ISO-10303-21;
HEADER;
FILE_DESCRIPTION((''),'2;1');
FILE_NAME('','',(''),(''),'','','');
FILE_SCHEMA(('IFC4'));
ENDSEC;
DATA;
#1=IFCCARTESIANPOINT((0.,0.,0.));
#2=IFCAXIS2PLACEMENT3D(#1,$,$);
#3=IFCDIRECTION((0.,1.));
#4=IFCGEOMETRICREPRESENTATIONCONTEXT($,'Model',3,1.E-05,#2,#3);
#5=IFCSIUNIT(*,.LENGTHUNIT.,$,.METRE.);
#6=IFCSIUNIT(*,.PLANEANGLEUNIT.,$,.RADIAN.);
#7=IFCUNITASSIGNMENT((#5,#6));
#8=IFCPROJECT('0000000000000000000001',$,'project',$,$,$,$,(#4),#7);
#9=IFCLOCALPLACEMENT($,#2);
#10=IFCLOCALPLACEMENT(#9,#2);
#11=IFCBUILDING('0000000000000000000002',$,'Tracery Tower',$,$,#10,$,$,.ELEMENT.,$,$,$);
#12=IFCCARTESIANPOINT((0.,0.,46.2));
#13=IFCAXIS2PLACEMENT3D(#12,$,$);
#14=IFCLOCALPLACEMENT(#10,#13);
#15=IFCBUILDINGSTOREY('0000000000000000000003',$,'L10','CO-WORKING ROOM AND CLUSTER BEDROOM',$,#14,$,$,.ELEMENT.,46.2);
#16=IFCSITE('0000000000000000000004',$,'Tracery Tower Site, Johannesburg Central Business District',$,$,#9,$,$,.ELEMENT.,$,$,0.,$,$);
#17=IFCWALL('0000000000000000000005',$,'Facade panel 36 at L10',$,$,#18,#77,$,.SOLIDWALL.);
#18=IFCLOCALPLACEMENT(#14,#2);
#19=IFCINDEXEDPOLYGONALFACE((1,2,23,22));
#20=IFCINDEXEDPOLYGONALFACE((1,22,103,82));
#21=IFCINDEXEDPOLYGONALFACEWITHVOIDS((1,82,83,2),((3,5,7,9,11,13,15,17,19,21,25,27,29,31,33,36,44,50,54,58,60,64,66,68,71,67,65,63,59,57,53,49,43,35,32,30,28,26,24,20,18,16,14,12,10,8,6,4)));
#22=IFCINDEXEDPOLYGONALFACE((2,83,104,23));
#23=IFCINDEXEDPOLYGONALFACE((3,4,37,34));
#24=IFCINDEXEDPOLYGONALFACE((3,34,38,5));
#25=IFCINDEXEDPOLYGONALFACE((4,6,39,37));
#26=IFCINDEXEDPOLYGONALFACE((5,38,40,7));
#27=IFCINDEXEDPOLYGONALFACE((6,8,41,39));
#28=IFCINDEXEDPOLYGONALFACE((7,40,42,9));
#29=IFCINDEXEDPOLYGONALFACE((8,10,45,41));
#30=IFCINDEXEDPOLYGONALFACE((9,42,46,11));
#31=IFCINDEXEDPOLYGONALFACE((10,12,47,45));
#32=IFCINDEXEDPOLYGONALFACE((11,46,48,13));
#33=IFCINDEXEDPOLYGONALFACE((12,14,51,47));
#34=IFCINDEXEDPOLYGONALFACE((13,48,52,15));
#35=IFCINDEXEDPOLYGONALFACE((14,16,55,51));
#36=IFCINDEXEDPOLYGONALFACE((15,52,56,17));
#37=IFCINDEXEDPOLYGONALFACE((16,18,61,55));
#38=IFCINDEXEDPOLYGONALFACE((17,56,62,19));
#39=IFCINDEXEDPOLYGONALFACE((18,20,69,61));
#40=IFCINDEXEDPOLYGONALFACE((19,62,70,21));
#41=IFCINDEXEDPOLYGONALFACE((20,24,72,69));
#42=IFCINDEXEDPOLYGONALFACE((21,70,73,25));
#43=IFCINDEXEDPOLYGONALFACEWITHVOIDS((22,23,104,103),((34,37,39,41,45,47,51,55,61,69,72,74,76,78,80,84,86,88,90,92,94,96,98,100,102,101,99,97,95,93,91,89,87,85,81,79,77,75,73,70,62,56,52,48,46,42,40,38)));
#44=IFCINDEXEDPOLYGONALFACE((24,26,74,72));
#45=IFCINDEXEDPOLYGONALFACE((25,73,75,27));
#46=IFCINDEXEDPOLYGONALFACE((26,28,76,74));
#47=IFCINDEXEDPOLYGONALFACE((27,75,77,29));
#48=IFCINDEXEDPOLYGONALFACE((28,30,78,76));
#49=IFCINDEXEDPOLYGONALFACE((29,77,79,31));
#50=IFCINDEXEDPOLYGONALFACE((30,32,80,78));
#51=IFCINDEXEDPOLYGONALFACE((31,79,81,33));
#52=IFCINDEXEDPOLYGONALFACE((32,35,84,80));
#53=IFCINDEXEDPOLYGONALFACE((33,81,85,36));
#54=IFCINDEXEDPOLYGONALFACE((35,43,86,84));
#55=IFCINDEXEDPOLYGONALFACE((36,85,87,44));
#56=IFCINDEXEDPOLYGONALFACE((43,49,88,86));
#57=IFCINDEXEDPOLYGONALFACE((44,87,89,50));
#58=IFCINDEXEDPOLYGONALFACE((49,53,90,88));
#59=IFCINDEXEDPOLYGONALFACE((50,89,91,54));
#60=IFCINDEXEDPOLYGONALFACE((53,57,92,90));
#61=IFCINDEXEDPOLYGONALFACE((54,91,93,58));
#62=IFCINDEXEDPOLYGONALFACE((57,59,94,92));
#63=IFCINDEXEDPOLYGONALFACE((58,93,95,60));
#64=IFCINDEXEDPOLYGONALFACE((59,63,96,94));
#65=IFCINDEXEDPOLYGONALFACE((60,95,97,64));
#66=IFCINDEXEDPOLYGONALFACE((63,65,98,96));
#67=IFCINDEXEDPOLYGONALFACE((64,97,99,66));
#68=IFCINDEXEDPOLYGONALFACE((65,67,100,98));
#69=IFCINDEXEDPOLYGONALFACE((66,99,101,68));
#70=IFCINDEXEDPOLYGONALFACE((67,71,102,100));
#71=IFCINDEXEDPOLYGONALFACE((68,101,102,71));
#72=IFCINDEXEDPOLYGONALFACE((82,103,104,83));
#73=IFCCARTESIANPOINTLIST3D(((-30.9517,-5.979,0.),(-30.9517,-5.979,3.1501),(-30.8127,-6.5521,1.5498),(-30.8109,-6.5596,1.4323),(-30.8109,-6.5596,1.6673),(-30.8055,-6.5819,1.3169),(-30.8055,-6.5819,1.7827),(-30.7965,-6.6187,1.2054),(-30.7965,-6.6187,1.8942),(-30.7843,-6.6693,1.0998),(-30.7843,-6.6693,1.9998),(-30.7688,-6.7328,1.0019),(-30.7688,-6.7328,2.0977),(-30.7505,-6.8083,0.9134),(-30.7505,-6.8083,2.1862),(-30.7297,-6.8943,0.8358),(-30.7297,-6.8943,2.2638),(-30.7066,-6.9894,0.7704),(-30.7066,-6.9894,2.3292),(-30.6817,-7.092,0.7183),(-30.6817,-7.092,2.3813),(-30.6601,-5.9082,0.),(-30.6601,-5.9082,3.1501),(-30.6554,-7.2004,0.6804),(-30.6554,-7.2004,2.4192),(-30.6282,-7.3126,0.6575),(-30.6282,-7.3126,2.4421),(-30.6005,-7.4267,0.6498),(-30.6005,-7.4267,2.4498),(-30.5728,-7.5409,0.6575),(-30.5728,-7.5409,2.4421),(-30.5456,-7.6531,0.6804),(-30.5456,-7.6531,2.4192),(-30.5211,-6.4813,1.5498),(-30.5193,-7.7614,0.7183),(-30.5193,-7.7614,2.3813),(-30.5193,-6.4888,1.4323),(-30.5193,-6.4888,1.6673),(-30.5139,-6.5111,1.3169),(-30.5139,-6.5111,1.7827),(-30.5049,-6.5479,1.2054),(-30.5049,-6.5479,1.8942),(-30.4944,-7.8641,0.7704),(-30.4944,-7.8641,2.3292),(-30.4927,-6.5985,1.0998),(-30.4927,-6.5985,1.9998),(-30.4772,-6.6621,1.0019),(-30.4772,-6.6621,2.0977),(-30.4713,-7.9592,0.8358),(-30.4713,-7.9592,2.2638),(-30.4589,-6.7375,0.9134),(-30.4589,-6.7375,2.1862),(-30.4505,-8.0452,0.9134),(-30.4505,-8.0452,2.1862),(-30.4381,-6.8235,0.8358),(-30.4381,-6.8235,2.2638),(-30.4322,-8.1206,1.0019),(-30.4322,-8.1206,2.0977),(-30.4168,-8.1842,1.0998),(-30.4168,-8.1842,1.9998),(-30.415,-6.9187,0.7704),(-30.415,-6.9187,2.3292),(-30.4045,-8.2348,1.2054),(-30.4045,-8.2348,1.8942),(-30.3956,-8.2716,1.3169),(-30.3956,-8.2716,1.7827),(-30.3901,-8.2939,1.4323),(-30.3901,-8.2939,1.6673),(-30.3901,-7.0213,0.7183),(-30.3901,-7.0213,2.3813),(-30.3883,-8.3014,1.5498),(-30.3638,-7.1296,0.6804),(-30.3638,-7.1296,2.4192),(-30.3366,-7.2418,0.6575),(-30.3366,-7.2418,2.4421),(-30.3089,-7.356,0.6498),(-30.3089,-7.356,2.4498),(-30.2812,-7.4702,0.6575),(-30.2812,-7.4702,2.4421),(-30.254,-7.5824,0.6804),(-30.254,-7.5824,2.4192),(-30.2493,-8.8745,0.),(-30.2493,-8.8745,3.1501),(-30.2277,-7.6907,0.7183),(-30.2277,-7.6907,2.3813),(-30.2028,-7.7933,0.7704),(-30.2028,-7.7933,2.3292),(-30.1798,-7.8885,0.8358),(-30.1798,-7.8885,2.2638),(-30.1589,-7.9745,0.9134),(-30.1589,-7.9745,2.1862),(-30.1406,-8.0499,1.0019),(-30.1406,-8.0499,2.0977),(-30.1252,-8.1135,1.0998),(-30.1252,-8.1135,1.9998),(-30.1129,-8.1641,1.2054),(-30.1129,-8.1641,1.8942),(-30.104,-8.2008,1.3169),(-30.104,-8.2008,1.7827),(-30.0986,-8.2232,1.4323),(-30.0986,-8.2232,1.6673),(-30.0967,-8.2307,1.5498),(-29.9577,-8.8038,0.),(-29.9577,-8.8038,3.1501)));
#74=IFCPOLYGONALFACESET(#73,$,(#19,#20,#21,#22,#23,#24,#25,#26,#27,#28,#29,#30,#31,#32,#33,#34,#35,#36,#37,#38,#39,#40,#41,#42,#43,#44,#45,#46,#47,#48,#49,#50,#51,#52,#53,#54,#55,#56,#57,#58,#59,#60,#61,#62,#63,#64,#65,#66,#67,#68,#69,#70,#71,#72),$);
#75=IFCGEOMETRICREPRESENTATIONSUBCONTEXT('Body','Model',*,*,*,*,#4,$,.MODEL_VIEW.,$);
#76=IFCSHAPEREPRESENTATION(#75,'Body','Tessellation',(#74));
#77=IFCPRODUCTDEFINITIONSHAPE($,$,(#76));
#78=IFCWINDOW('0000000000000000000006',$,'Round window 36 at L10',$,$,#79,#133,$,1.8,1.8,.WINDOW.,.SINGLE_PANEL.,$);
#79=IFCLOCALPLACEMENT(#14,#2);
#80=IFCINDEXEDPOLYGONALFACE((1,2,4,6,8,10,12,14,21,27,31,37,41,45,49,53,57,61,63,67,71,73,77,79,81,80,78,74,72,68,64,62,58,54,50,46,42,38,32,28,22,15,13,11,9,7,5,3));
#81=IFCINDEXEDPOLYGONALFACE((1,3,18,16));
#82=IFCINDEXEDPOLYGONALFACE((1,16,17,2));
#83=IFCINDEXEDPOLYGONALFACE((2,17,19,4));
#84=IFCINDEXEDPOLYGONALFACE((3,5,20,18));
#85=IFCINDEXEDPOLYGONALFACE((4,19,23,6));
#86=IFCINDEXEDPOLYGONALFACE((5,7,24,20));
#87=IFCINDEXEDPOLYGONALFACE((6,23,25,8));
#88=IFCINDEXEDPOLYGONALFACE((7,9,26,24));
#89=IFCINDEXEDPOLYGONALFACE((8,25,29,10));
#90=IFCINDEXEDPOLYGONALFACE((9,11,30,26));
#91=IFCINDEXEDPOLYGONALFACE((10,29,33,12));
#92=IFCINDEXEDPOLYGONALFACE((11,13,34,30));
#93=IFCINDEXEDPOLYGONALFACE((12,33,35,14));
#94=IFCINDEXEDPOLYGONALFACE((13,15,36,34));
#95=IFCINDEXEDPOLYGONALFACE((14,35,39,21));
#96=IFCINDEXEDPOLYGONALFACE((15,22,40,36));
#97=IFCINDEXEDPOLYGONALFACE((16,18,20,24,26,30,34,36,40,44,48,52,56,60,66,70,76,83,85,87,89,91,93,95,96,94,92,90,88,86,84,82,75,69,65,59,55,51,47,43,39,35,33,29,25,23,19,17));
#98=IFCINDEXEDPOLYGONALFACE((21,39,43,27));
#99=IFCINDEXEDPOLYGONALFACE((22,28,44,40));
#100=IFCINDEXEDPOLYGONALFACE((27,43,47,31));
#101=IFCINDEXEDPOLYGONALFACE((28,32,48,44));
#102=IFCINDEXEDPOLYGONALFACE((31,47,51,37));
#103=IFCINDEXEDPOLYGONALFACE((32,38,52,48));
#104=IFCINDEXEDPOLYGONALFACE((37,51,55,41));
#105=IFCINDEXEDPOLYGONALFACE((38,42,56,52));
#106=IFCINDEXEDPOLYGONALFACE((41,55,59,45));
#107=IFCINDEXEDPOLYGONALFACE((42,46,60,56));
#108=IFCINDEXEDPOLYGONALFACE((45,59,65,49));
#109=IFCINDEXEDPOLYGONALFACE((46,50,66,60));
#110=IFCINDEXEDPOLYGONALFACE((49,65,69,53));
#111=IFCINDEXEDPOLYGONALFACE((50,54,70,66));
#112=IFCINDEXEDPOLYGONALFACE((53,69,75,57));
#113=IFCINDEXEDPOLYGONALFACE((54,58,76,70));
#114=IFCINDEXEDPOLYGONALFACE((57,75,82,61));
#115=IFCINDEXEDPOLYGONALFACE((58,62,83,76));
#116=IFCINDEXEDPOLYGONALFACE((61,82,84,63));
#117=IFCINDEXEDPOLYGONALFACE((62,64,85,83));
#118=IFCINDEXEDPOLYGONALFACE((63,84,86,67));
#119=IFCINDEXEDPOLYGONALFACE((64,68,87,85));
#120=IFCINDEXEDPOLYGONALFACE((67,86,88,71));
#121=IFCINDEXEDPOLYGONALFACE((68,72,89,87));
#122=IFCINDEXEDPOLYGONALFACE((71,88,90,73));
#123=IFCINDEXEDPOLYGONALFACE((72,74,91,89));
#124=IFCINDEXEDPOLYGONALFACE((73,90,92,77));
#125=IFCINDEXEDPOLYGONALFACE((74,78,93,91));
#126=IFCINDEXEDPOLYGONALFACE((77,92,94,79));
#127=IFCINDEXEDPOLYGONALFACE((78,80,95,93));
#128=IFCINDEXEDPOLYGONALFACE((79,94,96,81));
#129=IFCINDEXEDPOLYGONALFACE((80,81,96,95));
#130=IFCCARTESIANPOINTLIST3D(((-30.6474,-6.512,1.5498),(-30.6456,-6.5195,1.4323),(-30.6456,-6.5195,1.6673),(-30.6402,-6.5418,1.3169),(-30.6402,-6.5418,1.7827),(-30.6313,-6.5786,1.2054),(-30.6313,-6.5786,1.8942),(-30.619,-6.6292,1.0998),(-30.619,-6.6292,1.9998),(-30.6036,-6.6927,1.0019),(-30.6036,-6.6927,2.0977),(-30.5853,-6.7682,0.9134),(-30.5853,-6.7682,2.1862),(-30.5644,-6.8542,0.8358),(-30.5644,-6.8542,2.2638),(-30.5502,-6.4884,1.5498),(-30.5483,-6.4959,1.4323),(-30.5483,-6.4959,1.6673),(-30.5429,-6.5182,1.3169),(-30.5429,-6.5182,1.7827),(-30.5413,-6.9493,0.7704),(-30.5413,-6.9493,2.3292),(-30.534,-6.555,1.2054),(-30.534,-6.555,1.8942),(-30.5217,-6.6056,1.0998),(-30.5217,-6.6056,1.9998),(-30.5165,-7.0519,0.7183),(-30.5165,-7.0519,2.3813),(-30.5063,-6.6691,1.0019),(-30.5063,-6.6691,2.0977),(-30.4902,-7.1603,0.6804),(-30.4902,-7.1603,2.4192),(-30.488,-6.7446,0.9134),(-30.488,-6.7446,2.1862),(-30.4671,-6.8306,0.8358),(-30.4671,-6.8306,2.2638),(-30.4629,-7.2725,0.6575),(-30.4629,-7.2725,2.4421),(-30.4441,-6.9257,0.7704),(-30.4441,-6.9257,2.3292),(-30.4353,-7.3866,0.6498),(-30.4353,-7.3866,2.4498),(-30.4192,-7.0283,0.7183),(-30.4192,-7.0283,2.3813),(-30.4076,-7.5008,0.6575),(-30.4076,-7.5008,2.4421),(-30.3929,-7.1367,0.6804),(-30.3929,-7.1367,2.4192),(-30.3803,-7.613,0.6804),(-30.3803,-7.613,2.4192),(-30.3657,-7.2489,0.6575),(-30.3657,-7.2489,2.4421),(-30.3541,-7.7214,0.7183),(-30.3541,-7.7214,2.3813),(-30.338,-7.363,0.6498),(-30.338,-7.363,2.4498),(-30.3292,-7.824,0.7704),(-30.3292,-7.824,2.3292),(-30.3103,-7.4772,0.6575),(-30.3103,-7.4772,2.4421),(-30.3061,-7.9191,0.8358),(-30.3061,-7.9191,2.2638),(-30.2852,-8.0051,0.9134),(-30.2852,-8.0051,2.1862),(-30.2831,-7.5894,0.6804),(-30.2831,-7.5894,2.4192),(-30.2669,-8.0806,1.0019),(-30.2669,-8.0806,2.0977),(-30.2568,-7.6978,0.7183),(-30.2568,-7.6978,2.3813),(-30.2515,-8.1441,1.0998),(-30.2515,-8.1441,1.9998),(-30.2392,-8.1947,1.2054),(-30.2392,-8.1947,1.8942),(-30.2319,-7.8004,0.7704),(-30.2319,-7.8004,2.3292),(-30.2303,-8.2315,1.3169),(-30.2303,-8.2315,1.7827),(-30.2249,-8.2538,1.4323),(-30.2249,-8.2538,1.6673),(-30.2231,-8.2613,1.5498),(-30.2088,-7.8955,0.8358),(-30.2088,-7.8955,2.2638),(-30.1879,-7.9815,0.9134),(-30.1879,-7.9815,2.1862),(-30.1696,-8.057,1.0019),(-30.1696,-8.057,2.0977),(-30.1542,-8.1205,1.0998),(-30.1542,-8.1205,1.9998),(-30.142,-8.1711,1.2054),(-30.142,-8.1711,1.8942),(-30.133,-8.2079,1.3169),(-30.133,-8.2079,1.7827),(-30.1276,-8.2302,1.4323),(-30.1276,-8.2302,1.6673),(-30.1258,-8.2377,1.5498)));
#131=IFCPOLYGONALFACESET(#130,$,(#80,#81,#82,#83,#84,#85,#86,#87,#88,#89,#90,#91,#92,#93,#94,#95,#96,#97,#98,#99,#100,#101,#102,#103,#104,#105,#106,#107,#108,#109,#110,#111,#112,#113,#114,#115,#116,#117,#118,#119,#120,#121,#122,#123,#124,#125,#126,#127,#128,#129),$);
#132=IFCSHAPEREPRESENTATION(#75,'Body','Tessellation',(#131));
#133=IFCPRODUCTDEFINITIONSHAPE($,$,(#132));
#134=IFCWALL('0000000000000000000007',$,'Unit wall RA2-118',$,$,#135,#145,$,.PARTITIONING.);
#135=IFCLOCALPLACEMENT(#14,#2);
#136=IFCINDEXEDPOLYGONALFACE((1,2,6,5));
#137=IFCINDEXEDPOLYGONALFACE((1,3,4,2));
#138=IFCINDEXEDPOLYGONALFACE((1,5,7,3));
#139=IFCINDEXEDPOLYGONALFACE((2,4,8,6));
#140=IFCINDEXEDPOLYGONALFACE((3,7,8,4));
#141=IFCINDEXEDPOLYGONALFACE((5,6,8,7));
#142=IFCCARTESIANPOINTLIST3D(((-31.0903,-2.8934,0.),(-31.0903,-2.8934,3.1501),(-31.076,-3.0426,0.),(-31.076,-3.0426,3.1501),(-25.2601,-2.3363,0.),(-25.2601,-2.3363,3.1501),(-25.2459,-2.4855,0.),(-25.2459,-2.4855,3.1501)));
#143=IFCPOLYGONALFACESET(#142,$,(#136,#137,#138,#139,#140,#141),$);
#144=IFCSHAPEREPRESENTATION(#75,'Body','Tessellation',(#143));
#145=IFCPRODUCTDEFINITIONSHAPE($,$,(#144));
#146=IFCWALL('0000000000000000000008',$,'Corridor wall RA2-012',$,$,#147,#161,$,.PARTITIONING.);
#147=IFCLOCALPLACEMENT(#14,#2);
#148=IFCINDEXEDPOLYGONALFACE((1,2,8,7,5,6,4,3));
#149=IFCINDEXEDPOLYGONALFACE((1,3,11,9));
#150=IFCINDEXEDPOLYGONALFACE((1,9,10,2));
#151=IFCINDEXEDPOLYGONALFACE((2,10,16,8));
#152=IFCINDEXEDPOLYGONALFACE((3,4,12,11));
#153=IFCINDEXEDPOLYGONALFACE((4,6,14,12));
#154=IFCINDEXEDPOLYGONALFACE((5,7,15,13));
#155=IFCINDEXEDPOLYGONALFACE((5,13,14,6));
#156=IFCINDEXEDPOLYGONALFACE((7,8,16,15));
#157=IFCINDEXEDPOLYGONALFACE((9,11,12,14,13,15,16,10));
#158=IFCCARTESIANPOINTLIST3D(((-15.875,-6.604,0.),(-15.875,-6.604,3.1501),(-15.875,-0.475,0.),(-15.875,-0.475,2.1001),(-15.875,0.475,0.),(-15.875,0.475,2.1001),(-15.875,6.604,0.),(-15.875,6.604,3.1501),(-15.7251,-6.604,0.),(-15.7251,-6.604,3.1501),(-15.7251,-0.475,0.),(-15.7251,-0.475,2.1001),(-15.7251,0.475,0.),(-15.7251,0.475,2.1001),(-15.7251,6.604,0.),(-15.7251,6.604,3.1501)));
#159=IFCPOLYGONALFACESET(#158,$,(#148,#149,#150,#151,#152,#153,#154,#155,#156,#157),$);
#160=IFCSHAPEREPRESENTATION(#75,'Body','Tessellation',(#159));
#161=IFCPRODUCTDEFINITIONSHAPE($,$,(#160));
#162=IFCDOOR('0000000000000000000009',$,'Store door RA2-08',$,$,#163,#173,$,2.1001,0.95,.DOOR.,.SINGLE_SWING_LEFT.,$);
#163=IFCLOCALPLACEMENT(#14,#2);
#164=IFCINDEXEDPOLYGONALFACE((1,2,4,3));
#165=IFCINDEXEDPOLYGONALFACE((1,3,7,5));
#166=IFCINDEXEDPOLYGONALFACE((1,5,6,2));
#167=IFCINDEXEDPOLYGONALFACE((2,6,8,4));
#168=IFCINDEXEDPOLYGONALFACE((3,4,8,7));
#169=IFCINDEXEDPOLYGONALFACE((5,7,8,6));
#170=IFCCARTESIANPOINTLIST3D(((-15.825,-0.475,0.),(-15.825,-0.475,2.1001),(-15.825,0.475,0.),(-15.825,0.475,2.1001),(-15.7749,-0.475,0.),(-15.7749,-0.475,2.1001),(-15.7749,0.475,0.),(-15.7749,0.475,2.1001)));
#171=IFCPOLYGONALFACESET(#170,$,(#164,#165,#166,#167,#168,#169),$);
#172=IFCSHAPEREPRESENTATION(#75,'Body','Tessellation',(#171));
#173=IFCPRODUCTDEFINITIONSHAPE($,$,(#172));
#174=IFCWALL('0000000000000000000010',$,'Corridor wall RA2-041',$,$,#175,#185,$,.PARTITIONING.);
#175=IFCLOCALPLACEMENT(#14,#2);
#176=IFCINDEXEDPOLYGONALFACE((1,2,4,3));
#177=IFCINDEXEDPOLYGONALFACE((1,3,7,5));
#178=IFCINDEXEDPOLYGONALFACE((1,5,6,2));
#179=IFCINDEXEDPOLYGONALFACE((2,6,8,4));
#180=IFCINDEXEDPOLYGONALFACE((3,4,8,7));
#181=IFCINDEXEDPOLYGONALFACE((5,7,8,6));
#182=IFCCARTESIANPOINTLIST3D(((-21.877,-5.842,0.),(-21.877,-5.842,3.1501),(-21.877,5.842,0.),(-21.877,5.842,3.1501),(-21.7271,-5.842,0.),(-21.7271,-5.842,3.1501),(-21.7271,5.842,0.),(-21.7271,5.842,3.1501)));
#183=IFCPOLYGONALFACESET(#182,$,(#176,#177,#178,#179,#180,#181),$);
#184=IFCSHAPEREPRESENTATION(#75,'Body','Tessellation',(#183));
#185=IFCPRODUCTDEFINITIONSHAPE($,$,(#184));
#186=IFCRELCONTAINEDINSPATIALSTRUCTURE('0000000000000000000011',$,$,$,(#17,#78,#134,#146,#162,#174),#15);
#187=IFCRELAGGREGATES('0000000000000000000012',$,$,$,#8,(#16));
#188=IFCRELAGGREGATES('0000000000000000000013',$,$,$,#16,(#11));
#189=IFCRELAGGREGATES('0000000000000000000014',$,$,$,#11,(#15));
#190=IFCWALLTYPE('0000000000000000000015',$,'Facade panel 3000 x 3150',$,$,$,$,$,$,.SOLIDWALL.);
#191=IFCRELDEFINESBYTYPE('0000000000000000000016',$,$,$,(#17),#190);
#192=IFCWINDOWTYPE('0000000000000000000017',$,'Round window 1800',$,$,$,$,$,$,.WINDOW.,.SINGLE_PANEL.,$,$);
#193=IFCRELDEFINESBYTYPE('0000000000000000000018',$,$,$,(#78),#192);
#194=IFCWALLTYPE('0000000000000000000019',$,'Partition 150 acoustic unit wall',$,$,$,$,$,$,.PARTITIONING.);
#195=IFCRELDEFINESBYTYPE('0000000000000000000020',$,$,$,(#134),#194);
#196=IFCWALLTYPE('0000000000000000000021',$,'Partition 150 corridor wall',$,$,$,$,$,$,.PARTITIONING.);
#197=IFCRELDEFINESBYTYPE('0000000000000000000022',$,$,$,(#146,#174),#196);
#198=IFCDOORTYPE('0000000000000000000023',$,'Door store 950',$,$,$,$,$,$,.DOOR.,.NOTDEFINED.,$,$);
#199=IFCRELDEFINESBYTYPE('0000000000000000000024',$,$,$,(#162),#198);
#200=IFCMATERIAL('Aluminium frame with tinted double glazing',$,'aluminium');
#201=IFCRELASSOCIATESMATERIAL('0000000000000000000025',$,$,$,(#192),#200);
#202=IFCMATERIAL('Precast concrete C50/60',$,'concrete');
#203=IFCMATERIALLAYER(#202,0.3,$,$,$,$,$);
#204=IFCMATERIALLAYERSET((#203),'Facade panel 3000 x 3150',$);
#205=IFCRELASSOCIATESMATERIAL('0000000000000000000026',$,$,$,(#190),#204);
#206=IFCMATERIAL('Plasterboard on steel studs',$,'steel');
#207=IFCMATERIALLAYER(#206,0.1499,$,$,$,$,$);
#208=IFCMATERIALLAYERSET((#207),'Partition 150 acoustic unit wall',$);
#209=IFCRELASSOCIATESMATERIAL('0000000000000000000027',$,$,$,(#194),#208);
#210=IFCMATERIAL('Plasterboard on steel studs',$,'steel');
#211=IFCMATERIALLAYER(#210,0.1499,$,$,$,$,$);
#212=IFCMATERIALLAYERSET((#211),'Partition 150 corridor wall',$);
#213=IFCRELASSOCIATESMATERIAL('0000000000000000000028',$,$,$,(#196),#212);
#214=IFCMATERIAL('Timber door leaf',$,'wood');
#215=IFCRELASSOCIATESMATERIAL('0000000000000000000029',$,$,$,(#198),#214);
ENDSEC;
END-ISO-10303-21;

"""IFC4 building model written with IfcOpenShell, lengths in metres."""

from ifc_helpers import new_model, si_unit, direction, frame, frame_2d, origin, origin_2d, place, context, subcontext, project, spatial, rectangle, circle, extrude, material, layer, layer_set, type_object, element, fill, save


model = new_model("IFC4")

# Units and contexts
model_context = context("Model", 3, precision=1e-05, world=origin(), true_north=direction((0.0, 1.0)))
body_context = subcontext(model_context, "Body", "Model", "MODEL_VIEW")
ifc_project = project(units=[si_unit("LENGTHUNIT", "METRE"), si_unit("PLANEANGLEUNIT", "RADIAN")], contexts=[model_context])

# Site, building, storey
site_placement = place(None, origin())
site = spatial("IfcSite", under=ifc_project, at=site_placement, Name="Tracery Tower Site, Johannesburg Central Business District", CompositionType="ELEMENT", RefElevation=0.0)
building_placement = place(site_placement, origin())
building = spatial("IfcBuilding", under=site, at=building_placement, Name="Tracery Tower", CompositionType="ELEMENT")
storey_placement = place(building_placement, frame((0.0, 0.0, 46.2)))
storey = spatial("IfcBuildingStorey", under=building, at=storey_placement, Name="L10", Description="CO-WORKING ROOM AND CLUSTER BEDROOM", CompositionType="ELEMENT", Elevation=46.2)

# Wall, opening, window
ifc_material_1 = material(Name="Aluminium frame with tinted double glazing", Category="aluminium")
window_type = type_object("IfcWindowType", Name="Round window 1800", PartitioningType="SINGLE_PANEL", PredefinedType="WINDOW", material=ifc_material_1)
ifc_material_2 = material(Name="Precast concrete C50/60", Category="concrete")
ifc_layer_1 = layer(ifc_material_2, 0.3)
ifc_layer_set_1 = layer_set([ifc_layer_1], Name="Facade panel 3000 x 3150")
wall_type_1 = type_object("IfcWallType", Name="Facade panel 3000 x 3150", PredefinedType="SOLIDWALL", material=ifc_layer_set_1)
wall_1_placement = place(storey_placement, frame((-30.8059, -5.9436, 0.0), z_axis=(0.0, 0.0, 1.0), x_axis=(0.235743, -0.971815, 0.0)))
wall_1 = element("IfcWall", 1, at=wall_1_placement, inside=storey, type_object=wall_type_1, Name="Facade panel 36 at L10", PredefinedType="SOLIDWALL", context=body_context, shape_type="SweptSolid", body=[
    extrude(rectangle(XDim=2.9795, YDim=0.3, at=frame_2d((1.4897, 0.0))), origin(), (0.0, 0.0, 1.0), 3.1501),
])
opening_1_placement = place(wall_1_placement, frame((1.4897, 0.0, 1.5498)))
opening_1 = element("IfcOpeningElement", 2, at=opening_1_placement, cuts=wall_1, PredefinedType="OPENING", context=body_context, shape_type="SweptSolid", body=[
    extrude(circle(Radius=0.9, at=origin_2d()), frame((0.0, 0.1599, 0.0), z_axis=(0.0, -1.0, 0.0), x_axis=(1.0, 0.0, 0.0)), (0.0, 0.0, 1.0), 0.3201),
])
window_1_placement = place(opening_1_placement, origin())
window_1 = element("IfcWindow", 3, at=window_1_placement, inside=storey, type_object=window_type, Name="Round window 36 at L10", OverallHeight=1.8, OverallWidth=1.8, PartitioningType="SINGLE_PANEL", PredefinedType="WINDOW", context=body_context, shape_type="SweptSolid", body=[
    extrude(circle(Radius=0.9, at=origin_2d()), frame((0.0, 0.1201, 0.0), z_axis=(0.0, -1.0, 0.0), x_axis=(1.0, 0.0, 0.0)), (0.0, 0.0, 1.0), 0.1001),
])
fill(opening_1, window_1)

# Wall
ifc_material_3 = material(Name="Plasterboard on steel studs", Category="steel")
ifc_layer_2 = layer(ifc_material_3, 0.1499)
ifc_layer_set_2 = layer_set([ifc_layer_2], Name="Partition 150 acoustic unit wall")
wall_type_2 = type_object("IfcWallType", Name="Partition 150 acoustic unit wall", PredefinedType="PARTITIONING", material=ifc_layer_set_2)
wall_2_placement = place(storey_placement, frame((-31.083, -2.968, 0.0), z_axis=(0.0, 0.0, 1.0), x_axis=(0.995465, 0.095128, 0.0)))
element("IfcWall", 4, at=wall_2_placement, inside=storey, type_object=wall_type_2, Name="Unit wall RA2-118", PredefinedType="PARTITIONING", context=body_context, shape_type="SweptSolid", body=[
    extrude(rectangle(XDim=5.8567, YDim=0.1499, at=frame_2d((2.9282, 0.0))), origin(), (0.0, 0.0, 1.0), 3.1501),
])

# Wall, opening, door
ifc_material_4 = material(Name="Plasterboard on steel studs", Category="steel")
ifc_layer_3 = layer(ifc_material_4, 0.1499)
ifc_layer_set_3 = layer_set([ifc_layer_3], Name="Partition 150 corridor wall")
wall_type_3 = type_object("IfcWallType", Name="Partition 150 corridor wall", PredefinedType="PARTITIONING", material=ifc_layer_set_3)
wall_3_placement = place(storey_placement, frame((-15.8, -6.604, 0.0), z_axis=(0.0, 0.0, 1.0), x_axis=(0.0, 1.0, 0.0)))
wall_3 = element("IfcWall", 5, at=wall_3_placement, inside=storey, type_object=wall_type_3, Name="Corridor wall RA2-012", PredefinedType="PARTITIONING", context=body_context, shape_type="SweptSolid", body=[
    extrude(rectangle(XDim=13.208, YDim=0.1499, at=frame_2d((6.604, 0.0))), origin(), (0.0, 0.0, 1.0), 3.1501),
])
opening_2_placement = place(wall_3_placement, frame((6.1289, 0.0, 0.0)))
opening_2 = element("IfcOpeningElement", 6, at=opening_2_placement, cuts=wall_3, PredefinedType="OPENING", context=body_context, shape_type="SweptSolid", body=[
    extrude(rectangle(XDim=0.95, YDim=2.1001, at=frame_2d((0.4751, 1.05))), frame((0.0, 0.075, 0.0), z_axis=(0.0, -1.0, 0.0), x_axis=(1.0, 0.0, 0.0)), (0.0, 0.0, 1.0), 0.1499),
])
ifc_material_5 = material(Name="Timber door leaf", Category="wood")
door_type_1 = type_object("IfcDoorType", Name="Door store 950", OperationType="NOTDEFINED", PredefinedType="DOOR", material=ifc_material_5)
door_1_placement = place(opening_2_placement, origin())
door_1 = element("IfcDoor", 7, at=door_1_placement, inside=storey, type_object=door_type_1, Name="Store door RA2-08", OperationType="SINGLE_SWING_LEFT", OverallHeight=2.1001, OverallWidth=0.95, PredefinedType="DOOR", context=body_context, shape_type="SweptSolid", body=[
    extrude(rectangle(XDim=0.95, YDim=2.1001, at=frame_2d((0.4751, 1.05))), frame((0.0, 0.0249, 0.0), z_axis=(0.0, -1.0, 0.0), x_axis=(1.0, 0.0, 0.0)), (0.0, 0.0, 1.0), 0.05),
])
fill(opening_2, door_1)

# Wall
wall_4_placement = place(storey_placement, frame((-21.802, -5.842, 0.0), z_axis=(0.0, 0.0, 1.0), x_axis=(0.0, 1.0, 0.0)))
element("IfcWall", 8, at=wall_4_placement, inside=storey, type_object=wall_type_3, Name="Corridor wall RA2-041", PredefinedType="PARTITIONING", context=body_context, shape_type="SweptSolid", body=[
    extrude(rectangle(XDim=11.6841, YDim=0.1499, at=frame_2d((5.842, 0.0))), origin(), (0.0, 0.0, 1.0), 3.1501),
])

save(model, "model.ifc")
